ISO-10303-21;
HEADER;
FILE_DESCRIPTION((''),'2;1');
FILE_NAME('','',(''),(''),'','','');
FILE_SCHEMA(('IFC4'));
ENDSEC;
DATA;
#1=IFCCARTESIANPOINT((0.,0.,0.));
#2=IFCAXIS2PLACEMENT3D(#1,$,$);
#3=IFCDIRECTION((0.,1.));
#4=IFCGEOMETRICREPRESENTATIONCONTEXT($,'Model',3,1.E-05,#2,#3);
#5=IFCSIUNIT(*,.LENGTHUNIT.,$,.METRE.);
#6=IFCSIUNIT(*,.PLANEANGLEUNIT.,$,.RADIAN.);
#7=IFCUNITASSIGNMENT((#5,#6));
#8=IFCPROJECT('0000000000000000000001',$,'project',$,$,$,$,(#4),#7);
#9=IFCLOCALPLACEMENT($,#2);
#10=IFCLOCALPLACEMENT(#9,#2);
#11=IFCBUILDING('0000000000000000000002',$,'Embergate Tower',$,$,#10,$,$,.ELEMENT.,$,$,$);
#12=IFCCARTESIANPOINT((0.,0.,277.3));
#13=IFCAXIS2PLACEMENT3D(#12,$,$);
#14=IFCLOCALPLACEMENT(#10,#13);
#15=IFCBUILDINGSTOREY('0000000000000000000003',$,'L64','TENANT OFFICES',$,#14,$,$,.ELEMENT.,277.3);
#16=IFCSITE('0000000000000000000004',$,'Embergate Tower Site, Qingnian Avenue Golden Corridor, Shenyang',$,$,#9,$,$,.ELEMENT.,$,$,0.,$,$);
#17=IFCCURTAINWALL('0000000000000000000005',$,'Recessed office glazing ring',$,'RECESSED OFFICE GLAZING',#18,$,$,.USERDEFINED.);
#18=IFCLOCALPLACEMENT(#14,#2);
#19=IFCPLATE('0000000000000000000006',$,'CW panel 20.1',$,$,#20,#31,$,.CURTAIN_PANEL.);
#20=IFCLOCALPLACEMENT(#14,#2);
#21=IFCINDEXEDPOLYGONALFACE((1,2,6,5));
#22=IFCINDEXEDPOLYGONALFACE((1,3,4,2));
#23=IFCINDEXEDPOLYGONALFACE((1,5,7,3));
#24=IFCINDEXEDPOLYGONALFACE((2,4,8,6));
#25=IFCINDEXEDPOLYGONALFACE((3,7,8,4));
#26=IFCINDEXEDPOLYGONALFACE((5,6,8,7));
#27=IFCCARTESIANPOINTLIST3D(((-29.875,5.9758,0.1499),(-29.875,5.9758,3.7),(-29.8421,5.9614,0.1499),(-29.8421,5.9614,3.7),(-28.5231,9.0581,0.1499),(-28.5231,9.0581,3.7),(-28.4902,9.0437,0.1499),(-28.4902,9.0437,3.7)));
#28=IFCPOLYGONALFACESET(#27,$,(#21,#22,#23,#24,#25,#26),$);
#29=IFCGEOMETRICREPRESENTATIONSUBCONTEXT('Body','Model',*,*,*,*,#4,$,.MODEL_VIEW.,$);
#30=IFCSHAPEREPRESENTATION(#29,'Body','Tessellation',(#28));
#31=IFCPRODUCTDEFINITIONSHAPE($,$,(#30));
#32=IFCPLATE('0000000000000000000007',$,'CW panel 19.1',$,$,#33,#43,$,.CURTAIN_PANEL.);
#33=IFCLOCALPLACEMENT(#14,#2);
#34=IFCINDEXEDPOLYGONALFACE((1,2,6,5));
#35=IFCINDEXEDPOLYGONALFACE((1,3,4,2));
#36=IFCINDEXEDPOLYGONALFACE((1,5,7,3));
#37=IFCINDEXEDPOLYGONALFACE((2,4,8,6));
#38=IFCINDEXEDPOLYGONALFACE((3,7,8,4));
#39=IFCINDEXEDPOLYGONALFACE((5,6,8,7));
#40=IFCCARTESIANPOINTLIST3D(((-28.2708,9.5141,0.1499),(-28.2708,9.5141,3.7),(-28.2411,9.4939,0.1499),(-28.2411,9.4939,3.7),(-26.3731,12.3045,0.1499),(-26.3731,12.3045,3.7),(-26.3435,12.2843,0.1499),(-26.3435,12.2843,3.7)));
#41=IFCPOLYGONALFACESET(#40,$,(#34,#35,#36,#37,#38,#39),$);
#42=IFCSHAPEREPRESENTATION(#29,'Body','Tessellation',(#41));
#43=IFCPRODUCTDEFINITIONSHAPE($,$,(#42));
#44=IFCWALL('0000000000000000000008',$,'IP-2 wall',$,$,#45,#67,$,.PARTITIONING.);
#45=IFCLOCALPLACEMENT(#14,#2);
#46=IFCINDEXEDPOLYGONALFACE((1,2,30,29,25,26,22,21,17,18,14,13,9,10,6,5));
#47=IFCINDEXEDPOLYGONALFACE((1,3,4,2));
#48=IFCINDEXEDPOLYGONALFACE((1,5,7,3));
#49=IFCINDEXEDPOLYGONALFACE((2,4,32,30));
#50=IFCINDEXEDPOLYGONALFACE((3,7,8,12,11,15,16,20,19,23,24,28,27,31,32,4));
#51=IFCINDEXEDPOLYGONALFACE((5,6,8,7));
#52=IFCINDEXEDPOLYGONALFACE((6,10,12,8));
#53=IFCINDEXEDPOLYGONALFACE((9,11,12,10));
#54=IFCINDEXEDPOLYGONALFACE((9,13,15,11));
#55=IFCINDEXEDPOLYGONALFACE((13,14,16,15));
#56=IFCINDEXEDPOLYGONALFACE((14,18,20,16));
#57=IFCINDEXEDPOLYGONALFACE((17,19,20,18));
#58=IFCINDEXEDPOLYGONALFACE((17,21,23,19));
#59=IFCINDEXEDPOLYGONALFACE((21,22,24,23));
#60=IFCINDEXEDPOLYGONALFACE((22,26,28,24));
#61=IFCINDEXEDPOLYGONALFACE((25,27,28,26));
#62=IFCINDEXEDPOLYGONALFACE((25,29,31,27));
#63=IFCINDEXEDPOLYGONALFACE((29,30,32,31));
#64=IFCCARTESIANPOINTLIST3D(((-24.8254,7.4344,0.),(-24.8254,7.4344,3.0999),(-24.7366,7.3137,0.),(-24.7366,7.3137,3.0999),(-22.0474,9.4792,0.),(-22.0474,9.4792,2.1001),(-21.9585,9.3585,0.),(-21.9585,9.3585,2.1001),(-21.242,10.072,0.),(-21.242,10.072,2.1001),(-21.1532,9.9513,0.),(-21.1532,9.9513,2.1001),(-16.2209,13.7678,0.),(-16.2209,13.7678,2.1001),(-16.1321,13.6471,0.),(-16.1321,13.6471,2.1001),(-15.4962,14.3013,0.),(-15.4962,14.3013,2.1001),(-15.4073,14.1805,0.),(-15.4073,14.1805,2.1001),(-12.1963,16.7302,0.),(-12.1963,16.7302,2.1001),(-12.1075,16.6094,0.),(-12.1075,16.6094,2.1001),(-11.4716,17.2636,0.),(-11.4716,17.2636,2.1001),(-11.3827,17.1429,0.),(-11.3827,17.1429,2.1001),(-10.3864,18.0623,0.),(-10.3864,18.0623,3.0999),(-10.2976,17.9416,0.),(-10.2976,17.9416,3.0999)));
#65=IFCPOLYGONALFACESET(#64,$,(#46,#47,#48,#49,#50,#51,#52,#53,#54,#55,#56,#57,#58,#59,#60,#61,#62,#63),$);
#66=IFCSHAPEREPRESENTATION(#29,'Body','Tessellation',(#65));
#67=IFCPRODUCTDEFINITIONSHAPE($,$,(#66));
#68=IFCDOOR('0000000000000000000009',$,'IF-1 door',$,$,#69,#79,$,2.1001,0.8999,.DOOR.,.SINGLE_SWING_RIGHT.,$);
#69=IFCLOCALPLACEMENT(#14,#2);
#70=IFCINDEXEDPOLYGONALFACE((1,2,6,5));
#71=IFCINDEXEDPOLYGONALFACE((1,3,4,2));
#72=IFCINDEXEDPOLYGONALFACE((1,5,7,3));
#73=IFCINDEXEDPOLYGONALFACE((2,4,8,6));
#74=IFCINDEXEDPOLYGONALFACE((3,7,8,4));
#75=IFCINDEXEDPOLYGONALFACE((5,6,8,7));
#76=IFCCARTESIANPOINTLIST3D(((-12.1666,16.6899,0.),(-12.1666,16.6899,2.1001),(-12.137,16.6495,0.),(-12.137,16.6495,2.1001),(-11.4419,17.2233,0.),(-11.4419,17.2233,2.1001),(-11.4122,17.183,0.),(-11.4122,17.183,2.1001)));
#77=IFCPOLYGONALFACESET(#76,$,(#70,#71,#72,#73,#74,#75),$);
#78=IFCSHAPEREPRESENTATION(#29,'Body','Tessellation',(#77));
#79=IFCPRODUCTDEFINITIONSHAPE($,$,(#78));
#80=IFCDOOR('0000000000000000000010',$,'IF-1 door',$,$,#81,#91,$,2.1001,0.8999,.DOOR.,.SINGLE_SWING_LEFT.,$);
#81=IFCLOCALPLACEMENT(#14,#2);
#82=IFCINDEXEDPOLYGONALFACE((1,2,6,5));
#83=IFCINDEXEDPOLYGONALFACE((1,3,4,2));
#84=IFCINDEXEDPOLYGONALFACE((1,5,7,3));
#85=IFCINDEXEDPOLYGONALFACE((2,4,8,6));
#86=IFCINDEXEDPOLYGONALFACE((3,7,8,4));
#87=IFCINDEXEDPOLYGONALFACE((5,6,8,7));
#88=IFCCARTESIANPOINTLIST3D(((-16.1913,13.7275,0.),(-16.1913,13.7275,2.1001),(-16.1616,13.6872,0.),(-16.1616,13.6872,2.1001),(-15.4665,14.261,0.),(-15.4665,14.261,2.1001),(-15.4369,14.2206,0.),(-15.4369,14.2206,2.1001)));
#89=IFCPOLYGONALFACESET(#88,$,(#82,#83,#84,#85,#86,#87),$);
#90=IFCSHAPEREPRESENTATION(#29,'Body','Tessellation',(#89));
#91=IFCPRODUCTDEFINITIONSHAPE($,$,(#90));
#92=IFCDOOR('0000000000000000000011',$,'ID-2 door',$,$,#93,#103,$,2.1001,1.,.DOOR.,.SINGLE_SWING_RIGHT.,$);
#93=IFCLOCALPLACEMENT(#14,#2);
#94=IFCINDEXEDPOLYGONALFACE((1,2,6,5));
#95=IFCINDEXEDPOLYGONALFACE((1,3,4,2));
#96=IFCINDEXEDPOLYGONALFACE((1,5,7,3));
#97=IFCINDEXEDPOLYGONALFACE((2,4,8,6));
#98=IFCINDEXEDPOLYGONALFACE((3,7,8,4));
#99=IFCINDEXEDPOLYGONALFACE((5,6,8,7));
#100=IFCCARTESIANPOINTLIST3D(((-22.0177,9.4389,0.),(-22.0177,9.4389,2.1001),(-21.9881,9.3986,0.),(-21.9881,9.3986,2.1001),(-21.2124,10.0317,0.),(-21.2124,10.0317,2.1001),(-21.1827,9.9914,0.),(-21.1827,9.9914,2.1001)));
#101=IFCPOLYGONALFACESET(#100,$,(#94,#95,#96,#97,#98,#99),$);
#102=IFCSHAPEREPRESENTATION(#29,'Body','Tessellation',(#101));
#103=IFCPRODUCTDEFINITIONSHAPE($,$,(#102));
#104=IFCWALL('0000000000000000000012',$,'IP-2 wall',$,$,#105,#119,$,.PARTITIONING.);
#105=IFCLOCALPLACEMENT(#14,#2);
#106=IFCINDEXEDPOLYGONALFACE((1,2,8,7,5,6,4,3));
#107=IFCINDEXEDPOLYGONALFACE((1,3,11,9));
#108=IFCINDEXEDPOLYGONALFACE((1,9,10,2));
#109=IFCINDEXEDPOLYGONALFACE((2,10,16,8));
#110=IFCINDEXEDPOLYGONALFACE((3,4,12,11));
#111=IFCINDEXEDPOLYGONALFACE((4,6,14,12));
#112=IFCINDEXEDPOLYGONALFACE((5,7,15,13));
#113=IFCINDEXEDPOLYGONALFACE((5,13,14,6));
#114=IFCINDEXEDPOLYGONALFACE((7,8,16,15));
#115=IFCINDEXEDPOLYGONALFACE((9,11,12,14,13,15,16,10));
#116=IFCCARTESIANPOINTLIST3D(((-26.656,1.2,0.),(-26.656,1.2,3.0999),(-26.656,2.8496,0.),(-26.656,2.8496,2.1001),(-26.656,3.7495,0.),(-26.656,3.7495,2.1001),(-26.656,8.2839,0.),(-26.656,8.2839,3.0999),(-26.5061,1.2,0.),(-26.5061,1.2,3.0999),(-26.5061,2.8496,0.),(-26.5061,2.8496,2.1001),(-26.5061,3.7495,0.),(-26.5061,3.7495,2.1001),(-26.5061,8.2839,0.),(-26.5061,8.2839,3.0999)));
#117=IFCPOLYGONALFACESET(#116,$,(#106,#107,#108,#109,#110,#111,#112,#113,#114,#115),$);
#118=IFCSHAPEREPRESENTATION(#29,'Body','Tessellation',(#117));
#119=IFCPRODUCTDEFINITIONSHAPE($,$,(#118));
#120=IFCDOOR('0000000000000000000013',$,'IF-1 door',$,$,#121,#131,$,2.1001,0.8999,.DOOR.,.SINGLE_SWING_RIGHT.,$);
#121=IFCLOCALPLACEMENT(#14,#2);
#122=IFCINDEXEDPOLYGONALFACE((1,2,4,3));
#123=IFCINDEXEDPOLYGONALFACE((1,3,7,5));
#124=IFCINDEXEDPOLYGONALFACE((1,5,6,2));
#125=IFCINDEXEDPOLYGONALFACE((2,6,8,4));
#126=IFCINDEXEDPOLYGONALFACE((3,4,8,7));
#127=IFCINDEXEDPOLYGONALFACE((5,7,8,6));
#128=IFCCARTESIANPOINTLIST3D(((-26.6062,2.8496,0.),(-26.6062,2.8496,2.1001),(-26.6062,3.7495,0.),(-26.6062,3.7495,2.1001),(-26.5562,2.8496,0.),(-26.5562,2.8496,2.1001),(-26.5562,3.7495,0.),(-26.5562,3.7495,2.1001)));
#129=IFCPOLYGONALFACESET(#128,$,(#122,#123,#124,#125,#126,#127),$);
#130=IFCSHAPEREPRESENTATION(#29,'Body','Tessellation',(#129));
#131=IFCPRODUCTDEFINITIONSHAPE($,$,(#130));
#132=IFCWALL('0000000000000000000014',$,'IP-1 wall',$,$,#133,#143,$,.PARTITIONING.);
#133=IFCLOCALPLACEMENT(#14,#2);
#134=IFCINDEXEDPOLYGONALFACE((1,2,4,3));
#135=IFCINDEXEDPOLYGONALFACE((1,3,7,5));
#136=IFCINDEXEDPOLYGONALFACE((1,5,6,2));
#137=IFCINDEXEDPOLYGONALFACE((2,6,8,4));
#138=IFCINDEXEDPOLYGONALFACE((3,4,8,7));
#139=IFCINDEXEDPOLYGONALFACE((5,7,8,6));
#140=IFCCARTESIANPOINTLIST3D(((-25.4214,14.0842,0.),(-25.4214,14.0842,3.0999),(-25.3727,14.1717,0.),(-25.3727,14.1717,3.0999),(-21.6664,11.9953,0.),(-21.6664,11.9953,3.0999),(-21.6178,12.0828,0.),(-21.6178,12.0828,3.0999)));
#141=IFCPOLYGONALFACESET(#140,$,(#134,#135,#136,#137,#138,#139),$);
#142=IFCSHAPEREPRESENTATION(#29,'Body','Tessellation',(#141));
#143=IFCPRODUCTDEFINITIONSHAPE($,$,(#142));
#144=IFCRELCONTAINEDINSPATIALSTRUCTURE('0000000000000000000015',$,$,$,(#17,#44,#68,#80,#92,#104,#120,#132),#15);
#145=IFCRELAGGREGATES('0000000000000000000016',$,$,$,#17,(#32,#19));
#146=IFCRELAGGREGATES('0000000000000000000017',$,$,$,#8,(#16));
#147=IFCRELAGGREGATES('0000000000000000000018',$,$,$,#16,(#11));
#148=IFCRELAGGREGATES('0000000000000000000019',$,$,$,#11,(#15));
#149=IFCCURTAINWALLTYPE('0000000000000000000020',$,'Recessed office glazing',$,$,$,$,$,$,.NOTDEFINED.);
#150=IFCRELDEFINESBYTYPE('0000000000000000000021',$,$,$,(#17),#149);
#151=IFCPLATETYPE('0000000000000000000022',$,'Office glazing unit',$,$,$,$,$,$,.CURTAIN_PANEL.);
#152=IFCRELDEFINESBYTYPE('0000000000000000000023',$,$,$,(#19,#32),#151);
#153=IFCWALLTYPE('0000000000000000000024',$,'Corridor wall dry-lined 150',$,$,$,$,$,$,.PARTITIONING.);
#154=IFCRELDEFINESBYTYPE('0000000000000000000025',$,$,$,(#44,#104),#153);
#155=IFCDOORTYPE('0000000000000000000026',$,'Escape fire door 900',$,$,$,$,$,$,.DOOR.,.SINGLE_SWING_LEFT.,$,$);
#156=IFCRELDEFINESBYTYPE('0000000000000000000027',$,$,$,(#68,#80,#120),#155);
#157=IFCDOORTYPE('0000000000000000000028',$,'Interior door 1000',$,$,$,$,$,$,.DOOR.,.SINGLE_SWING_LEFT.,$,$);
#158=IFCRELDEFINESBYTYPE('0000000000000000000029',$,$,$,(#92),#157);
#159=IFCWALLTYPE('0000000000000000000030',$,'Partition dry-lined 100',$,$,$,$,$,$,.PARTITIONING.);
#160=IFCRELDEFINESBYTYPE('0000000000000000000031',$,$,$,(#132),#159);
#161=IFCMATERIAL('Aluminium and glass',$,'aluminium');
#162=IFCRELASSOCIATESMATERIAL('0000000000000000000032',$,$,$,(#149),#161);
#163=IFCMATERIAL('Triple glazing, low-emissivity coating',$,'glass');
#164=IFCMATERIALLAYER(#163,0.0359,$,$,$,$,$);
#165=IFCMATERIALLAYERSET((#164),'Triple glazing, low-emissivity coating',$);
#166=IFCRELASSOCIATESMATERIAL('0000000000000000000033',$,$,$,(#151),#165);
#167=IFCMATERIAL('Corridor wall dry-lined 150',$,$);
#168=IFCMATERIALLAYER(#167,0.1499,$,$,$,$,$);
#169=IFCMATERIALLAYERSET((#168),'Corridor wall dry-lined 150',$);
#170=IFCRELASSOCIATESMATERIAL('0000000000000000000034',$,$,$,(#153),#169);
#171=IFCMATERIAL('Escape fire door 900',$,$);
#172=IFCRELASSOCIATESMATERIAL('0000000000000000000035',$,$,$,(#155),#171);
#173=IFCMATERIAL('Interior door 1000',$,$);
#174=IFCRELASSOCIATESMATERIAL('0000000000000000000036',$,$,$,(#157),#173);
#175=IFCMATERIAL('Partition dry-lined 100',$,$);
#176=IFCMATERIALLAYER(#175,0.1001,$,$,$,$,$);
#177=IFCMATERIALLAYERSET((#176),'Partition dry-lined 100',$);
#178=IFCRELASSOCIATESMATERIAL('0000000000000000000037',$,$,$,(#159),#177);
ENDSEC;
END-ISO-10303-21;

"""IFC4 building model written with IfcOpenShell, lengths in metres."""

from ifc_helpers import new_model, si_unit, direction, frame, frame_2d, origin, origin_2d, place, context, subcontext, project, spatial, rectangle, extrude, source, transform, mapped, material, layer, layer_set, type_object, element, fill, aggregate, save


model = new_model("IFC4")

# Units and contexts
model_context = context("Model", 3, precision=1e-05, world=origin(), true_north=direction((0.0, 1.0)))
body_context = subcontext(model_context, "Body", "Model", "MODEL_VIEW")
ifc_project = project(units=[si_unit("LENGTHUNIT", "METRE"), si_unit("PLANEANGLEUNIT", "RADIAN")], contexts=[model_context])

# Site, building, storey
site_placement = place(None, origin())
site = spatial("IfcSite", under=ifc_project, at=site_placement, Name="Embergate Tower Site, Qingnian Avenue Golden Corridor, Shenyang", CompositionType="ELEMENT", RefElevation=0.0)
building_placement = place(site_placement, origin())
building = spatial("IfcBuilding", under=site, at=building_placement, Name="Embergate Tower", CompositionType="ELEMENT")
storey_placement = place(building_placement, frame((0.0, 0.0, 277.3)))
storey = spatial("IfcBuildingStorey", under=building, at=storey_placement, Name="L64", Description="TENANT OFFICES", CompositionType="ELEMENT", Elevation=277.3)

# Curtain wall, plates
ifc_material_1 = material(Name="Aluminium and glass", Category="aluminium")
curtain_wall_type = type_object("IfcCurtainWallType", Name="Recessed office glazing", PredefinedType="NOTDEFINED", material=ifc_material_1)
curtain_wall_placement = place(storey_placement, origin())
curtain_wall = element("IfcCurtainWall", 1, at=curtain_wall_placement, inside=storey, type_object=curtain_wall_type, Name="Recessed office glazing ring", ObjectType="RECESSED OFFICE GLAZING", PredefinedType="USERDEFINED")
ifc_material_2 = material(Name="Triple glazing, low-emissivity coating", Category="glass")
ifc_layer_1 = layer(ifc_material_2, 0.0359)
ifc_layer_set_1 = layer_set([ifc_layer_1], Name="Triple glazing, low-emissivity coating")
plate_type = type_object("IfcPlateType", Name="Office glazing unit", PredefinedType="CURTAIN_PANEL", material=ifc_layer_set_1)
shared_shape_1 = source(origin(), body_context, "Body", "SweptSolid", [
    extrude(rectangle(XDim=3.3657, YDim=0.0359, at=origin_2d()), origin(), (0.0, 0.0, 1.0), 3.55),
])
plate_1_placement = place(storey_placement, frame((-29.1826, 7.5098, 0.1499), z_axis=(0.0, 0.0, 1.0), x_axis=(-0.401658, -0.91579, 0.0)))
plate_1 = element("IfcPlate", 2, at=plate_1_placement, type_object=plate_type, Name="CW panel 20.1", PredefinedType="CURTAIN_PANEL", context=body_context, shape_type="MappedRepresentation", body=[
    mapped(shared_shape_1, transform((0.0, 0.0, 0.0))),
])
shared_shape_2 = source(origin(), body_context, "Body", "SweptSolid", [
    extrude(rectangle(XDim=3.3745, YDim=0.0359, at=origin_2d()), origin(), (0.0, 0.0, 1.0), 3.55),
])
plate_2_placement = place(storey_placement, frame((-27.3071, 10.8992, 0.1499), z_axis=(0.0, 0.0, 1.0), x_axis=(-0.562348, -0.826901, 0.0)))
plate_2 = element("IfcPlate", 3, at=plate_2_placement, type_object=plate_type, Name="CW panel 19.1", PredefinedType="CURTAIN_PANEL", context=body_context, shape_type="MappedRepresentation", body=[
    mapped(shared_shape_2, transform((0.0, 0.0, 0.0))),
])
aggregate(curtain_wall, [plate_2, plate_1])

# Wall, openings, doors
ifc_material_3 = material(Name="Corridor wall dry-lined 150")
ifc_layer_2 = layer(ifc_material_3, 0.1499)
ifc_layer_set_2 = layer_set([ifc_layer_2], Name="Corridor wall dry-lined 150")
wall_type_1 = type_object("IfcWallType", Name="Corridor wall dry-lined 150", PredefinedType="PARTITIONING", material=ifc_layer_set_2)
shared_shape_3 = source(origin(), body_context, "Body", "SweptSolid", [
    extrude(rectangle(XDim=17.9287, YDim=0.1499, at=frame_2d((8.9644, 0.0))), origin(), (0.0, 0.0, 1.0), 3.0999),
])
wall_1_placement = place(storey_placement, frame((-24.781, 7.374, 0.0), z_axis=(0.0, 0.0, 1.0), x_axis=(0.805357, 0.59279, 0.0)))
wall_1 = element("IfcWall", 4, at=wall_1_placement, inside=storey, type_object=wall_type_1, Name="IP-2 wall", PredefinedType="PARTITIONING", context=body_context, shape_type="MappedRepresentation", body=[
    mapped(shared_shape_3, transform((0.0, 0.0, 0.0))),
])
shared_shape_4 = source(origin(), body_context, "Body", "SweptSolid", [
    extrude(rectangle(XDim=0.8999, YDim=2.1001, at=frame_2d((0.45, 1.05))), frame((0.0, 0.085, 0.0), z_axis=(0.0, -1.0, 0.0), x_axis=(1.0, 0.0, 0.0)), (0.0, 0.0, 1.0), 0.1699),
])
opening_1_placement = place(wall_1_placement, frame((15.6814, 0.0, 0.0)))
opening_1 = element("IfcOpeningElement", 5, at=opening_1_placement, cuts=wall_1, PredefinedType="OPENING", context=body_context, shape_type="MappedRepresentation", body=[
    mapped(shared_shape_4, transform((0.0, 0.0, 0.0))),
])
opening_2_placement = place(wall_1_placement, frame((10.6841, 0.0, 0.0)))
opening_2 = element("IfcOpeningElement", 6, at=opening_2_placement, cuts=wall_1, PredefinedType="OPENING", context=body_context, shape_type="MappedRepresentation", body=[
    mapped(shared_shape_4, transform((0.0, 0.0, 0.0))),
])
shared_shape_5 = source(origin(), body_context, "Body", "SweptSolid", [
    extrude(rectangle(XDim=1.0, YDim=2.1001, at=frame_2d((0.5, 1.05))), frame((0.0, 0.085, 0.0), z_axis=(0.0, -1.0, 0.0), x_axis=(1.0, 0.0, 0.0)), (0.0, 0.0, 1.0), 0.1699),
])
opening_3_placement = place(wall_1_placement, frame((3.4495, 0.0, 0.0)))
opening_3 = element("IfcOpeningElement", 7, at=opening_3_placement, cuts=wall_1, PredefinedType="OPENING", context=body_context, shape_type="MappedRepresentation", body=[
    mapped(shared_shape_5, transform((0.0, 0.0, 0.0))),
])
ifc_material_4 = material(Name="Escape fire door 900")
door_type_1 = type_object("IfcDoorType", Name="Escape fire door 900", OperationType="SINGLE_SWING_LEFT", PredefinedType="DOOR", material=ifc_material_4)
shared_shape_6 = source(origin(), body_context, "Body", "SweptSolid", [
    extrude(rectangle(XDim=0.8999, YDim=2.1001, at=frame_2d((0.45, 1.05))), frame((0.0, 0.0249, 0.0), z_axis=(0.0, -1.0, 0.0), x_axis=(1.0, 0.0, 0.0)), (0.0, 0.0, 1.0), 0.05),
])
door_1_placement = place(opening_1_placement, origin())
door_1 = element("IfcDoor", 8, at=door_1_placement, inside=storey, type_object=door_type_1, Name="IF-1 door", OperationType="SINGLE_SWING_RIGHT", OverallHeight=2.1001, OverallWidth=0.8999, PredefinedType="DOOR", context=body_context, shape_type="MappedRepresentation", body=[
    mapped(shared_shape_6, transform((0.0, 0.0, 0.0))),
])
fill(opening_1, door_1)
door_2_placement = place(opening_2_placement, origin())
door_2 = element("IfcDoor", 9, at=door_2_placement, inside=storey, type_object=door_type_1, Name="IF-1 door", OperationType="SINGLE_SWING_LEFT", OverallHeight=2.1001, OverallWidth=0.8999, PredefinedType="DOOR", context=body_context, shape_type="MappedRepresentation", body=[
    mapped(shared_shape_6, transform((0.0, 0.0, 0.0))),
])
fill(opening_2, door_2)
ifc_material_5 = material(Name="Interior door 1000")
door_type_2 = type_object("IfcDoorType", Name="Interior door 1000", OperationType="SINGLE_SWING_LEFT", PredefinedType="DOOR", material=ifc_material_5)
shared_shape_7 = source(origin(), body_context, "Body", "SweptSolid", [
    extrude(rectangle(XDim=1.0, YDim=2.1001, at=frame_2d((0.5, 1.05))), frame((0.0, 0.0249, 0.0), z_axis=(0.0, -1.0, 0.0), x_axis=(1.0, 0.0, 0.0)), (0.0, 0.0, 1.0), 0.05),
])
door_3_placement = place(opening_3_placement, origin())
door_3 = element("IfcDoor", 10, at=door_3_placement, inside=storey, type_object=door_type_2, Name="ID-2 door", OperationType="SINGLE_SWING_RIGHT", OverallHeight=2.1001, OverallWidth=1.0, PredefinedType="DOOR", context=body_context, shape_type="MappedRepresentation", body=[
    mapped(shared_shape_7, transform((0.0, 0.0, 0.0))),
])
fill(opening_3, door_3)

# Wall, opening, door
shared_shape_8 = source(origin(), body_context, "Body", "SweptSolid", [
    extrude(rectangle(XDim=7.084, YDim=0.1499, at=frame_2d((3.542, 0.0))), origin(), (0.0, 0.0, 1.0), 3.0999),
])
wall_2_placement = place(storey_placement, frame((-26.5811, 8.2839, 0.0), z_axis=(0.0, 0.0, 1.0), x_axis=(0.0, -1.0, 0.0)))
wall_2 = element("IfcWall", 11, at=wall_2_placement, inside=storey, type_object=wall_type_1, Name="IP-2 wall", PredefinedType="PARTITIONING", context=body_context, shape_type="MappedRepresentation", body=[
    mapped(shared_shape_8, transform((0.0, 0.0, 0.0))),
])
opening_4_placement = place(wall_2_placement, frame((4.5344, 0.0, 0.0)))
opening_4 = element("IfcOpeningElement", 12, at=opening_4_placement, cuts=wall_2, PredefinedType="OPENING", context=body_context, shape_type="MappedRepresentation", body=[
    mapped(shared_shape_4, transform((0.0, 0.0, 0.0))),
])
door_4_placement = place(opening_4_placement, origin())
door_4 = element("IfcDoor", 13, at=door_4_placement, inside=storey, type_object=door_type_1, Name="IF-1 door", OperationType="SINGLE_SWING_RIGHT", OverallHeight=2.1001, OverallWidth=0.8999, PredefinedType="DOOR", context=body_context, shape_type="MappedRepresentation", body=[
    mapped(shared_shape_6, transform((0.0, 0.0, 0.0))),
])
fill(opening_4, door_4)

# Wall
ifc_material_6 = material(Name="Partition dry-lined 100")
ifc_layer_3 = layer(ifc_material_6, 0.1001)
ifc_layer_set_3 = layer_set([ifc_layer_3], Name="Partition dry-lined 100")
wall_type_2 = type_object("IfcWallType", Name="Partition dry-lined 100", PredefinedType="PARTITIONING", material=ifc_layer_set_3)
shared_shape_9 = source(origin(), body_context, "Body", "SweptSolid", [
    extrude(rectangle(XDim=4.2969, YDim=0.1001, at=frame_2d((2.1484, 0.0))), origin(), (0.0, 0.0, 1.0), 3.0999),
])
wall_3_placement = place(storey_placement, frame((-21.6421, 12.0391, 0.0), z_axis=(0.0, 0.0, 1.0), x_axis=(-0.873878, 0.486145, 0.0)))
element("IfcWall", 14, at=wall_3_placement, inside=storey, type_object=wall_type_2, Name="IP-1 wall", PredefinedType="PARTITIONING", context=body_context, shape_type="MappedRepresentation", body=[
    mapped(shared_shape_9, transform((0.0, 0.0, 0.0))),
])

save(model, "model.ifc")
